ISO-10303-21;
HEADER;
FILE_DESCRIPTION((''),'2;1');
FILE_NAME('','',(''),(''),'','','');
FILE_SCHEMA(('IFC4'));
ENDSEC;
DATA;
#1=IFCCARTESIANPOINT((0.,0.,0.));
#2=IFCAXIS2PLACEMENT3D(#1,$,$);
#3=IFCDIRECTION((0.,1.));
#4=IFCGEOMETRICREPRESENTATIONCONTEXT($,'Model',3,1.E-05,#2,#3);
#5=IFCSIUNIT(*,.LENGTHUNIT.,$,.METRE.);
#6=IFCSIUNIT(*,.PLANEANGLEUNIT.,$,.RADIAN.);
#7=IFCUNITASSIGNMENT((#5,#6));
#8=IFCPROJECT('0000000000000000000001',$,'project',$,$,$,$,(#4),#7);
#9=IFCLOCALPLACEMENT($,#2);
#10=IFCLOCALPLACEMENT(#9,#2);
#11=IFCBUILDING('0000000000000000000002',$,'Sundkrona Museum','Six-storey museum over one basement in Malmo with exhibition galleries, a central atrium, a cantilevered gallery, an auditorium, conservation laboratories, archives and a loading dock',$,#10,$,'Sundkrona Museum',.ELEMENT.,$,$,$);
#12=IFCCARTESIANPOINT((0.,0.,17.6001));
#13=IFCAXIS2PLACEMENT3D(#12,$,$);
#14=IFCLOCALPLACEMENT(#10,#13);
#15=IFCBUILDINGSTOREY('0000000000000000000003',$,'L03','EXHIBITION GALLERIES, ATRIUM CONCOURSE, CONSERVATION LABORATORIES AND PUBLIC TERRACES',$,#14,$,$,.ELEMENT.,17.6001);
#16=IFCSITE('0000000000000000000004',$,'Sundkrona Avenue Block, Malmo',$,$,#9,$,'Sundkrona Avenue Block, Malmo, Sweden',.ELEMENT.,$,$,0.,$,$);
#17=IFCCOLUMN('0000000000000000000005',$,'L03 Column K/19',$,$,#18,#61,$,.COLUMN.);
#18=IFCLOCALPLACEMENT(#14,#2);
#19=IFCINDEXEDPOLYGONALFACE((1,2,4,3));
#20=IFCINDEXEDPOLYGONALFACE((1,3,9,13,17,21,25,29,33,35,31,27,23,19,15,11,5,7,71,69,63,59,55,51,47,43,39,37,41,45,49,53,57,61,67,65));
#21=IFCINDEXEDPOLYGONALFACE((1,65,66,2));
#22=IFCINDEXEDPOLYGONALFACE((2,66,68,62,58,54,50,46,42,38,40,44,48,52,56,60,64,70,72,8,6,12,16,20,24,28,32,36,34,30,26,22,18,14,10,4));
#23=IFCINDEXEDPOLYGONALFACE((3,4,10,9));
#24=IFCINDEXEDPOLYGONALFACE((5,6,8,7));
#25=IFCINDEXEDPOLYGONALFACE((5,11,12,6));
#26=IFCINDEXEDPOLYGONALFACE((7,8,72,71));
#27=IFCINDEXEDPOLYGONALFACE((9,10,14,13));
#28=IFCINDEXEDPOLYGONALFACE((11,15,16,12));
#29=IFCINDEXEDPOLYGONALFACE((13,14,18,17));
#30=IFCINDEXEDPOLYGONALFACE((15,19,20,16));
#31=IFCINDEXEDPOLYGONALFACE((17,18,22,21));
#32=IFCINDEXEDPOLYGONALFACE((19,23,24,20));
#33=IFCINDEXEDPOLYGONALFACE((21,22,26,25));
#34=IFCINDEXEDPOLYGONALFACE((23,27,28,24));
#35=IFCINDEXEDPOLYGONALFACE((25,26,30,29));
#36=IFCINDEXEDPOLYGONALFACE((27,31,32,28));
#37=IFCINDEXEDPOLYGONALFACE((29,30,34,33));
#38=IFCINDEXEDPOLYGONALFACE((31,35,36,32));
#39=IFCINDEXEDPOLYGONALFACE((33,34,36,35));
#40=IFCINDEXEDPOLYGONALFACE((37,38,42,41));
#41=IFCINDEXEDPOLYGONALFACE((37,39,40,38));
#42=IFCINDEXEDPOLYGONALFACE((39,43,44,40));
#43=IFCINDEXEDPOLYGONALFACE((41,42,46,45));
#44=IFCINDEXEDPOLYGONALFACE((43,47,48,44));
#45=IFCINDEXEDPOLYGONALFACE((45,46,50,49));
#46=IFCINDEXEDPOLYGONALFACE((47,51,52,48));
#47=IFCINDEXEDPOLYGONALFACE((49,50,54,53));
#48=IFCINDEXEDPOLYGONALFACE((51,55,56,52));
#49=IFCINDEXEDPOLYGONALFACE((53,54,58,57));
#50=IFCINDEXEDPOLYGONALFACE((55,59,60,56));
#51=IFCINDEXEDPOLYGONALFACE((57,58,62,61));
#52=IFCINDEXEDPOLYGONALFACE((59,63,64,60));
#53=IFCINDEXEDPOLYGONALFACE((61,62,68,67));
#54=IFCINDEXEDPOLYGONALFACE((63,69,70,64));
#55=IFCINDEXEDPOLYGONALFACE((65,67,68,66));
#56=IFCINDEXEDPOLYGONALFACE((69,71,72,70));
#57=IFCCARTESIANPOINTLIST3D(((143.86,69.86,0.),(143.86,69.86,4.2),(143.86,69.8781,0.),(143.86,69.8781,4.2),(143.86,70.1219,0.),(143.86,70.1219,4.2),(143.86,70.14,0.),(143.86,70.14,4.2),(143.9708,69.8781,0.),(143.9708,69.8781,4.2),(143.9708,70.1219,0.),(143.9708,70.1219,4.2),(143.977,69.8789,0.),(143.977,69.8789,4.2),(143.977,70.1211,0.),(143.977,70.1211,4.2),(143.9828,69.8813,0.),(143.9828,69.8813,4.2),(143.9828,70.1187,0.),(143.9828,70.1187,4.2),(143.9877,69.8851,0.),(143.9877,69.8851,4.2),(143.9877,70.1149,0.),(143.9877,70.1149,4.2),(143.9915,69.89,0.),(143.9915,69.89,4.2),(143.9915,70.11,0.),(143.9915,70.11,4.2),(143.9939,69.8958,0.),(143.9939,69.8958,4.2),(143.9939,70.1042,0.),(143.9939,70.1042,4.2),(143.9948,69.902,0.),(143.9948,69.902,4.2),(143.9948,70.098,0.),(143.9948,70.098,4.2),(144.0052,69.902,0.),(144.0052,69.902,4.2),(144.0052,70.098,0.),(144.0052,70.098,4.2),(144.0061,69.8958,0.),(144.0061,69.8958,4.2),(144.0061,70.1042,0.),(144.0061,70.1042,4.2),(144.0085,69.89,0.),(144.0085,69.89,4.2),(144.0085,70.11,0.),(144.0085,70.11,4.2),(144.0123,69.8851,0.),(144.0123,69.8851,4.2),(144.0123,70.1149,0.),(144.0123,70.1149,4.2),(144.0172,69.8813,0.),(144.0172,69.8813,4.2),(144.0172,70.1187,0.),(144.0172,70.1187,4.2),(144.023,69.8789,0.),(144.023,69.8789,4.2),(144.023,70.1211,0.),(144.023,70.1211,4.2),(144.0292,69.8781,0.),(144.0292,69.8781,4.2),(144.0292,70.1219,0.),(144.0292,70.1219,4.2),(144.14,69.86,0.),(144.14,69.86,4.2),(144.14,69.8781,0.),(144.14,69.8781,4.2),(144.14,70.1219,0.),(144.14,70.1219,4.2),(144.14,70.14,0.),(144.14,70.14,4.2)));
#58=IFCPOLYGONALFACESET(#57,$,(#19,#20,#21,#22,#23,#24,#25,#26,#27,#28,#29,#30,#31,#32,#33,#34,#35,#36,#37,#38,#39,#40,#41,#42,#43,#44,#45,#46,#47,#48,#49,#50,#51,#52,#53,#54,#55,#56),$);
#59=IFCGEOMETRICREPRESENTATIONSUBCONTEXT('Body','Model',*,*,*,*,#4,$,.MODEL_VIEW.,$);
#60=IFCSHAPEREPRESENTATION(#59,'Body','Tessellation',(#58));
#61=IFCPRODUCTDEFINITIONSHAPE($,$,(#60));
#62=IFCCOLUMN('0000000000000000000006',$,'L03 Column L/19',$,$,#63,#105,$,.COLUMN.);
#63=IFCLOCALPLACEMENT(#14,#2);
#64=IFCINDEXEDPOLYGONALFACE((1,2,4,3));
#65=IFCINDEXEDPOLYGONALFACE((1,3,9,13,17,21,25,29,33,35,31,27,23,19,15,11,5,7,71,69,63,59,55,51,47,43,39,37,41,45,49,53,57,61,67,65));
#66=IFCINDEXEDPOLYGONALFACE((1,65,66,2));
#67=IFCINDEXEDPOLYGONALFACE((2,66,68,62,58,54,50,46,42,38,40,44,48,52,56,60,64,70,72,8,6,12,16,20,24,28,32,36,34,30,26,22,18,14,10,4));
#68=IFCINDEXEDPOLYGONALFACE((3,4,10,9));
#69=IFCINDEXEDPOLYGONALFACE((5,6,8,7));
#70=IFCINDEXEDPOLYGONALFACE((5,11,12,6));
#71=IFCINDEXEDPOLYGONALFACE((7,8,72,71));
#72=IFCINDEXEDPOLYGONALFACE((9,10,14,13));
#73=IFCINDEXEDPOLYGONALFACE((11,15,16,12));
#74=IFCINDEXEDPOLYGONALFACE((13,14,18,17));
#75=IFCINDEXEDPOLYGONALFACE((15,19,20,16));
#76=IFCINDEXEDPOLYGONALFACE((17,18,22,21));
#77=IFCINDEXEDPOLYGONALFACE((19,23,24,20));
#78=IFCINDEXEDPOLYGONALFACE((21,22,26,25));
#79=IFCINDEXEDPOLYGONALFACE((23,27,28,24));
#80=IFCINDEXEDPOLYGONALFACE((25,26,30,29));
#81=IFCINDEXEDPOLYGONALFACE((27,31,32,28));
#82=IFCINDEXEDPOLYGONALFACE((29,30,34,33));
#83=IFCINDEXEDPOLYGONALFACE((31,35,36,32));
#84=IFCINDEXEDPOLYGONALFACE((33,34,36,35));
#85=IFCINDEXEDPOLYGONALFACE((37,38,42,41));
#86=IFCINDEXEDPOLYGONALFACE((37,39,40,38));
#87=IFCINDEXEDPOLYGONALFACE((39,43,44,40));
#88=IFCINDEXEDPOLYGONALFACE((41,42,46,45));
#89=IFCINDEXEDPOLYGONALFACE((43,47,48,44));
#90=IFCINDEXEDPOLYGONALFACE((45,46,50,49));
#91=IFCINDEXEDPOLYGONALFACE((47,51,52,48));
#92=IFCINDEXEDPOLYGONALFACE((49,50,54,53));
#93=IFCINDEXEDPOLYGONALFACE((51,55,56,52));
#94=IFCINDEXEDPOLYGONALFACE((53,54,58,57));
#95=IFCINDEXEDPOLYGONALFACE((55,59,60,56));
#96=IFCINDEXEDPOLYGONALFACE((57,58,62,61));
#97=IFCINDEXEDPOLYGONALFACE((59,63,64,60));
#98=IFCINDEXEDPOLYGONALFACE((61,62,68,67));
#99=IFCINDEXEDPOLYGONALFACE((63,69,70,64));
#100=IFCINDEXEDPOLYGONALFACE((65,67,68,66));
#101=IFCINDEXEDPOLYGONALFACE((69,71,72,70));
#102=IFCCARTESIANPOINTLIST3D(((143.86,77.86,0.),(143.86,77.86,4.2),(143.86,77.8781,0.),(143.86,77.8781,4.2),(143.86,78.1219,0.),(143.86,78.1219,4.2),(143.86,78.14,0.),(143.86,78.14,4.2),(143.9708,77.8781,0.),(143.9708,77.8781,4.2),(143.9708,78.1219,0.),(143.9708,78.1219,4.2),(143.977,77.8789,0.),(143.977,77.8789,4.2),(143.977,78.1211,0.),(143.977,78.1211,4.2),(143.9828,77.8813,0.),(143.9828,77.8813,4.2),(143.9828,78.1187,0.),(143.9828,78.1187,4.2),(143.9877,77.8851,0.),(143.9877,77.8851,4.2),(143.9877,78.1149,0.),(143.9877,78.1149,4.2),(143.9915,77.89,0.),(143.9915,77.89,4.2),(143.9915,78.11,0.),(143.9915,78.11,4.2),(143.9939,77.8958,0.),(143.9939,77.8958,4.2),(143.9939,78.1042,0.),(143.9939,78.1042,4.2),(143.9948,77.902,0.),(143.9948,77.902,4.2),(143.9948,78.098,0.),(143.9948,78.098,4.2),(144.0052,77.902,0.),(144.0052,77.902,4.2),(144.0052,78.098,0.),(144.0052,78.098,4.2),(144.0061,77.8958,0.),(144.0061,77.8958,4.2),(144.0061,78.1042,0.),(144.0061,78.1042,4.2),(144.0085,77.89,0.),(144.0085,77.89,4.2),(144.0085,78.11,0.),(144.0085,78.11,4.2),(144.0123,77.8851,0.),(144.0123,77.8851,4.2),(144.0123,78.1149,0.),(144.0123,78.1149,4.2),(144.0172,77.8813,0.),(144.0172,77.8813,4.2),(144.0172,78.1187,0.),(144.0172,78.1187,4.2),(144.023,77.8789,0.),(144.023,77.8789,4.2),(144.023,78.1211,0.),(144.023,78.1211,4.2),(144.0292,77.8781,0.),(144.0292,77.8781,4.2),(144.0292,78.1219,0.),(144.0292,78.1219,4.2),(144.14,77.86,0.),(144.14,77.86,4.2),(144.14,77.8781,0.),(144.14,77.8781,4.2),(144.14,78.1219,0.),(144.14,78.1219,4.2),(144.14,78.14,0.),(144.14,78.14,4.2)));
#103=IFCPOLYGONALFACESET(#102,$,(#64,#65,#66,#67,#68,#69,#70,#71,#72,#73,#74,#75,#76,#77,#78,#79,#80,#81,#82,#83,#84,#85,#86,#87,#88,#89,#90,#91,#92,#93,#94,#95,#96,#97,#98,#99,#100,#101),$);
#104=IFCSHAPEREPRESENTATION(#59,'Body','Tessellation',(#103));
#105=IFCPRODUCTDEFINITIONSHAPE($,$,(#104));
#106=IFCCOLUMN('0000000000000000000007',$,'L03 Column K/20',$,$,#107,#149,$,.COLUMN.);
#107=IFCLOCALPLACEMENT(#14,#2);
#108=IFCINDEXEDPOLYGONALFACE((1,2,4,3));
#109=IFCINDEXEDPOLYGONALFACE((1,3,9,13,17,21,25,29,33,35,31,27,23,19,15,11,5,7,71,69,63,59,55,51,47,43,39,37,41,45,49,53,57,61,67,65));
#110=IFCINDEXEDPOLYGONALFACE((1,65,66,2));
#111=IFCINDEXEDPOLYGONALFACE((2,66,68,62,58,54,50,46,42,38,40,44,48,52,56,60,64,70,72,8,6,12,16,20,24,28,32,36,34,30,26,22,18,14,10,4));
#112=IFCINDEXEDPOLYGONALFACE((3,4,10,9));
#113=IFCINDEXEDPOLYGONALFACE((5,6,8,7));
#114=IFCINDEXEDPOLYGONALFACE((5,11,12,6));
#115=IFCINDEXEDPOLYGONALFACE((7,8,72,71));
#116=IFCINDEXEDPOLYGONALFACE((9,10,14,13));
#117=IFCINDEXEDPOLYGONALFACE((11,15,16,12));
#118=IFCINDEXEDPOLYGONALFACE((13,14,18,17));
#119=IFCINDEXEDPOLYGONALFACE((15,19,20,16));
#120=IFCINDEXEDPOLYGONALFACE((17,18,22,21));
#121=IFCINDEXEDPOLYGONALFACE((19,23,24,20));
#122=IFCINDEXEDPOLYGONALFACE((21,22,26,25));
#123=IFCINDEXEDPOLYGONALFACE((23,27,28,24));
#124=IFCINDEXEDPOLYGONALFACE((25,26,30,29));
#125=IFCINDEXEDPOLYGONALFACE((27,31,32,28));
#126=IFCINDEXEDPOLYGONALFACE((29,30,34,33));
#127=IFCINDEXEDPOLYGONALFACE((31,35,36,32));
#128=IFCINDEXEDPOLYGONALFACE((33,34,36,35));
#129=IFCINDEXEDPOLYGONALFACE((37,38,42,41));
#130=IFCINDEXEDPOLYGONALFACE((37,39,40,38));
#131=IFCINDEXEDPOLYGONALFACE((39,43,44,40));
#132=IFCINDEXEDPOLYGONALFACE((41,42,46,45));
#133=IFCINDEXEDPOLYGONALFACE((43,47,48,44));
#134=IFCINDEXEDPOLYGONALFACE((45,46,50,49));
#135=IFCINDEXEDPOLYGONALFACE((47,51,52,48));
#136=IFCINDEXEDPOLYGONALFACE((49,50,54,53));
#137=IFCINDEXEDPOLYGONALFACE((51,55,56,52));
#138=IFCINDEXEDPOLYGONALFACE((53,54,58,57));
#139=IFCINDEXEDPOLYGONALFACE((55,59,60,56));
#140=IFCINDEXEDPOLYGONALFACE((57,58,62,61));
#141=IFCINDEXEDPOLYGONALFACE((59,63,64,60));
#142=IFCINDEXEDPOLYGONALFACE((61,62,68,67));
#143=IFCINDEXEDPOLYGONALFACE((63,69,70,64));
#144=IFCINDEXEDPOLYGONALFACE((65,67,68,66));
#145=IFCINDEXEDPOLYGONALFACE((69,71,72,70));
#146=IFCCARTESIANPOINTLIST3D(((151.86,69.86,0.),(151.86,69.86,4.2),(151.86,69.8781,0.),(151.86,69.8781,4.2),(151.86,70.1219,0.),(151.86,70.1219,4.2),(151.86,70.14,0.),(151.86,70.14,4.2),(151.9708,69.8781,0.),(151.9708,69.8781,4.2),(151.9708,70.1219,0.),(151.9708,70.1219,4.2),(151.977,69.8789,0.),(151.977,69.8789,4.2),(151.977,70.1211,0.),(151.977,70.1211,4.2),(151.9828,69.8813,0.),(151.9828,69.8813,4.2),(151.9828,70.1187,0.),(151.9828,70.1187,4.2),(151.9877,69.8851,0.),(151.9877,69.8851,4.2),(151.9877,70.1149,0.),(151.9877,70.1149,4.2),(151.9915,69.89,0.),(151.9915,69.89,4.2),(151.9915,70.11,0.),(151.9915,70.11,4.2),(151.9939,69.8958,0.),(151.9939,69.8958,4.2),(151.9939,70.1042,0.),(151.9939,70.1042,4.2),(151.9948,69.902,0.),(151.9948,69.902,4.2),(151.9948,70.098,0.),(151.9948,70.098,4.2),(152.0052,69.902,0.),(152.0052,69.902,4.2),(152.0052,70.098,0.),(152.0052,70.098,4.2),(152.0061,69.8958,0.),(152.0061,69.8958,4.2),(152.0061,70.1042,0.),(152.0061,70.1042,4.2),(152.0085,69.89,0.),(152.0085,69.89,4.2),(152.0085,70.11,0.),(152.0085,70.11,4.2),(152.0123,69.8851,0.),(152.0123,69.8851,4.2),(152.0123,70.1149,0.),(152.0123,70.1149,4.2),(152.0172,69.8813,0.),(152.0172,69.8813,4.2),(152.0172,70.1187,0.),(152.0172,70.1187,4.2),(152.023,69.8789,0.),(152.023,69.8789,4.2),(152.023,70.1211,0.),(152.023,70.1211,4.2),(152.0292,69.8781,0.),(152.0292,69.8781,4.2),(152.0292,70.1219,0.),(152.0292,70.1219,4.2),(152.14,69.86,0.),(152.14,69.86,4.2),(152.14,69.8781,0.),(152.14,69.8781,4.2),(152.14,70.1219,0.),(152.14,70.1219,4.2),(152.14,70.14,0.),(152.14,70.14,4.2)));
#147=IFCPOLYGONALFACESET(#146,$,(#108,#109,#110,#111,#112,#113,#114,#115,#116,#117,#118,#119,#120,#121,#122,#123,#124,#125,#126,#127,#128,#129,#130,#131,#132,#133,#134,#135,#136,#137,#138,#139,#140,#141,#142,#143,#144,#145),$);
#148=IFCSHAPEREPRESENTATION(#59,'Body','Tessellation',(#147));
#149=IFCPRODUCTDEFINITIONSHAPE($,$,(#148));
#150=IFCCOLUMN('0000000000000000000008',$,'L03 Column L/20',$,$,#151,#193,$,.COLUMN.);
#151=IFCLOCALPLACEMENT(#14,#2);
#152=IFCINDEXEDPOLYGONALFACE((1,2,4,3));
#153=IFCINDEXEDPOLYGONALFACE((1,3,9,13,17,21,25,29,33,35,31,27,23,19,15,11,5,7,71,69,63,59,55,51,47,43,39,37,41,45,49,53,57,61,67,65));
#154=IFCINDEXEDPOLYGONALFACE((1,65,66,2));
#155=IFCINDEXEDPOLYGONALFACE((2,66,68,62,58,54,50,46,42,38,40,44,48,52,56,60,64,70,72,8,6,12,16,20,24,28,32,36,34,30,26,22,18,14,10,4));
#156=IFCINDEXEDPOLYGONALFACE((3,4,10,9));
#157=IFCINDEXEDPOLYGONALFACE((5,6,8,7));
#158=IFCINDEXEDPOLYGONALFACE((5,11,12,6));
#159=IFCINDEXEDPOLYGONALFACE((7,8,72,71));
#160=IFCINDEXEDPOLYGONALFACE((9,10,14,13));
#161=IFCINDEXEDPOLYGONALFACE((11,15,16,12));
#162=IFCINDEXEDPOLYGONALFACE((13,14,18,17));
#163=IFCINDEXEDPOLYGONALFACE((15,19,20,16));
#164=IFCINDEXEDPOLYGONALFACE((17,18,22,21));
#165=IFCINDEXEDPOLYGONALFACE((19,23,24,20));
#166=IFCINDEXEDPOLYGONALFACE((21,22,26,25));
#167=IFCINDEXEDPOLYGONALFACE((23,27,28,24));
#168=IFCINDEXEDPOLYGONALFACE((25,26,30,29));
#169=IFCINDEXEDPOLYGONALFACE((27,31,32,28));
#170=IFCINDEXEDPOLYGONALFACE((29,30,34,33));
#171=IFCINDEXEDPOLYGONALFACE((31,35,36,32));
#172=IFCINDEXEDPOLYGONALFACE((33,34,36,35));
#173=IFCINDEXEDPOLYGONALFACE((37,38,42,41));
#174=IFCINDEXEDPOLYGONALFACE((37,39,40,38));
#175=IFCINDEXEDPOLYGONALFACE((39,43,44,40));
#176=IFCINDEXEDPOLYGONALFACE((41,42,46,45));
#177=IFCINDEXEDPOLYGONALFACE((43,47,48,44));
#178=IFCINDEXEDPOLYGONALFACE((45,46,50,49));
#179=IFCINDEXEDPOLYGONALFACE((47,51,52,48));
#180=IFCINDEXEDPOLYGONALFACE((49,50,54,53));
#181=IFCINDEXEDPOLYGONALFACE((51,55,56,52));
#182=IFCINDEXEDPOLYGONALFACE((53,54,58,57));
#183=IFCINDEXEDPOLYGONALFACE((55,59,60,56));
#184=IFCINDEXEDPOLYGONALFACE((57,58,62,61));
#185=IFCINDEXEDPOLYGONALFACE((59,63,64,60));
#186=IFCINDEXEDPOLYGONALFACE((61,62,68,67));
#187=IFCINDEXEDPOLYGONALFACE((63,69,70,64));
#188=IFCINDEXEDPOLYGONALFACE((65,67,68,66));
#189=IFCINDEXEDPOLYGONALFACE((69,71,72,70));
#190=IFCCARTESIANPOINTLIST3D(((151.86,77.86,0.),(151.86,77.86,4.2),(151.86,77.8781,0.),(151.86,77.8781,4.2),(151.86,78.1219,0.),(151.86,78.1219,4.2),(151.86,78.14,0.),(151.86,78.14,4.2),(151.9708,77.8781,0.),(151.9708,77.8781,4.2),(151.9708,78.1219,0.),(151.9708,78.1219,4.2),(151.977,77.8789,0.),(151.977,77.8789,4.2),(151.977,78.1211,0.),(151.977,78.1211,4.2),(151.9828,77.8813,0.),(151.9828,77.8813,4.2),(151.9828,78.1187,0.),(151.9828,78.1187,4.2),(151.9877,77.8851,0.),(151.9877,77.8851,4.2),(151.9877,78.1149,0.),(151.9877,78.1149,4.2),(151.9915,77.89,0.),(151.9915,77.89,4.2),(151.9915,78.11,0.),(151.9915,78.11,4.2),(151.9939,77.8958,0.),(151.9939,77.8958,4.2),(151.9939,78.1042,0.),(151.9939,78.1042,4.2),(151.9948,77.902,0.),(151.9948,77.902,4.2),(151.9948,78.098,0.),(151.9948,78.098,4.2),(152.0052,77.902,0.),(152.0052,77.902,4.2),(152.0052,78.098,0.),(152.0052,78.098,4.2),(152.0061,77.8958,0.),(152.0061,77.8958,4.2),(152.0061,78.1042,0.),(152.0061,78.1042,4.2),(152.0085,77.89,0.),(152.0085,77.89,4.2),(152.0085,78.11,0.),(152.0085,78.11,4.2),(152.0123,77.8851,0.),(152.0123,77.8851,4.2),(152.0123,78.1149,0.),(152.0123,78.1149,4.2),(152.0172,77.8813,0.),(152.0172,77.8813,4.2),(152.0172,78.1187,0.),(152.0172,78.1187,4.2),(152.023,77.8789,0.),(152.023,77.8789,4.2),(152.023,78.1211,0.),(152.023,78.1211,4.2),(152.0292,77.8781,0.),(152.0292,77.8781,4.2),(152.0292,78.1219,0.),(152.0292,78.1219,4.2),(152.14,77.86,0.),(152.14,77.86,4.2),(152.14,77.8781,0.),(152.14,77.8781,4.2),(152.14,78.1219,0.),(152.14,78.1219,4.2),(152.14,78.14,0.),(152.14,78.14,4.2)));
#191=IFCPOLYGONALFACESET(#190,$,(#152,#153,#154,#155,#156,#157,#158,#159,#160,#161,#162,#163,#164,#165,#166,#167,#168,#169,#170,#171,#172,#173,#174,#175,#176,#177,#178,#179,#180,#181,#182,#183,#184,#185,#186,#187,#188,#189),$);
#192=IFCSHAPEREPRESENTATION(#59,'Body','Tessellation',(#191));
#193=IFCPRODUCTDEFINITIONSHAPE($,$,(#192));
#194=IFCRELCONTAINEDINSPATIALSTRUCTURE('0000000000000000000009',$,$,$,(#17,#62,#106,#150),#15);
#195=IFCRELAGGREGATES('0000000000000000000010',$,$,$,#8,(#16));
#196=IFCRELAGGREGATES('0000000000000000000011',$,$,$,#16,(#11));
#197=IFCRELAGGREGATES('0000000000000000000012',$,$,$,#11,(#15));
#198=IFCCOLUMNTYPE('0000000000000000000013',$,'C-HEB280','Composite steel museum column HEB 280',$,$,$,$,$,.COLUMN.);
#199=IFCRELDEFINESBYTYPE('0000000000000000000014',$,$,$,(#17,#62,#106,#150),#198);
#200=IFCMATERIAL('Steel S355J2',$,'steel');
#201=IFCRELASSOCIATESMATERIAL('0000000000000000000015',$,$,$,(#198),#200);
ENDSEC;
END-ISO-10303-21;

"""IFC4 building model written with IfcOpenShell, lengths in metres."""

from ifc_helpers import new_model, si_unit, direction, frame, origin, origin_2d, place, context, subcontext, project, spatial, i_section, extrude, material, material_profile, profile_set, type_object, element, save


model = new_model("IFC4")

# Units and contexts
model_context = context("Model", 3, precision=1e-05, world=origin(), true_north=direction((0.0, 1.0)))
body_context = subcontext(model_context, "Body", "Model", "MODEL_VIEW")
ifc_project = project(units=[si_unit("LENGTHUNIT", "METRE"), si_unit("PLANEANGLEUNIT", "RADIAN")], contexts=[model_context])

# Site, building, storey
site_placement = place(None, origin())
site = spatial("IfcSite", under=ifc_project, at=site_placement, Name="Sundkrona Avenue Block, Malmo", LongName="Sundkrona Avenue Block, Malmo, Sweden", CompositionType="ELEMENT", RefElevation=0.0)
building_placement = place(site_placement, origin())
building = spatial("IfcBuilding", under=site, at=building_placement, Name="Sundkrona Museum", Description="Six-storey museum over one basement in Malmo with exhibition galleries, a central atrium, a cantilevered gallery, an auditorium, conservation laboratories, archives and a loading dock", LongName="Sundkrona Museum", CompositionType="ELEMENT")
storey_placement = place(building_placement, frame((0.0, 0.0, 17.6001)))
storey = spatial("IfcBuildingStorey", under=building, at=storey_placement, Name="L03", Description="EXHIBITION GALLERIES, ATRIUM CONCOURSE, CONSERVATION LABORATORIES AND PUBLIC TERRACES", CompositionType="ELEMENT", Elevation=17.6001)

# Columns
ifc_material = material(Name="Steel S355J2", Category="steel")
ifc_material_profile_1 = material_profile(ifc_material, i_section(OverallWidth=0.28, OverallDepth=0.28, WebThickness=0.0105, FlangeThickness=0.0181, FilletRadius=0.0239, at=origin_2d()), Name="HEB 280")
ifc_profile_set_1 = profile_set([ifc_material_profile_1], Name="Steel S355J2")
column_type = type_object("IfcColumnType", Name="C-HEB280", Description="Composite steel museum column HEB 280", PredefinedType="COLUMN", material=ifc_profile_set_1)
for number, where, z_axis, x_axis, name in (
    (1, (144.0, 70.0, 0.0), (0.0, 0.0, 1.0), (1.0, 0.0, 0.0), "L03 Column K/19"),
    (2, (144.0, 78.0, 0.0), (0.0, 0.0, 1.0), (1.0, 0.0, 0.0), "L03 Column L/19"),
    (3, (152.0, 70.0, 0.0), (0.0, 0.0, 1.0), (1.0, 0.0, 0.0), "L03 Column K/20"),
    (4, (152.0, 78.0, 0.0), (0.0, 0.0, 1.0), (1.0, 0.0, 0.0), "L03 Column L/20"),
):
    element("IfcColumn", number, at=place(storey_placement, frame(where, z_axis=z_axis, x_axis=x_axis)), inside=storey, type_object=column_type, Name=name, PredefinedType="COLUMN", context=body_context, shape_type="SweptSolid", body=[
        extrude(i_section(OverallWidth=0.28, OverallDepth=0.28, WebThickness=0.0105, FlangeThickness=0.0181, FilletRadius=0.0239, at=origin_2d()), origin(), (0.0, 0.0, 1.0), 4.2),
    ])

save(model, "model.ifc")
